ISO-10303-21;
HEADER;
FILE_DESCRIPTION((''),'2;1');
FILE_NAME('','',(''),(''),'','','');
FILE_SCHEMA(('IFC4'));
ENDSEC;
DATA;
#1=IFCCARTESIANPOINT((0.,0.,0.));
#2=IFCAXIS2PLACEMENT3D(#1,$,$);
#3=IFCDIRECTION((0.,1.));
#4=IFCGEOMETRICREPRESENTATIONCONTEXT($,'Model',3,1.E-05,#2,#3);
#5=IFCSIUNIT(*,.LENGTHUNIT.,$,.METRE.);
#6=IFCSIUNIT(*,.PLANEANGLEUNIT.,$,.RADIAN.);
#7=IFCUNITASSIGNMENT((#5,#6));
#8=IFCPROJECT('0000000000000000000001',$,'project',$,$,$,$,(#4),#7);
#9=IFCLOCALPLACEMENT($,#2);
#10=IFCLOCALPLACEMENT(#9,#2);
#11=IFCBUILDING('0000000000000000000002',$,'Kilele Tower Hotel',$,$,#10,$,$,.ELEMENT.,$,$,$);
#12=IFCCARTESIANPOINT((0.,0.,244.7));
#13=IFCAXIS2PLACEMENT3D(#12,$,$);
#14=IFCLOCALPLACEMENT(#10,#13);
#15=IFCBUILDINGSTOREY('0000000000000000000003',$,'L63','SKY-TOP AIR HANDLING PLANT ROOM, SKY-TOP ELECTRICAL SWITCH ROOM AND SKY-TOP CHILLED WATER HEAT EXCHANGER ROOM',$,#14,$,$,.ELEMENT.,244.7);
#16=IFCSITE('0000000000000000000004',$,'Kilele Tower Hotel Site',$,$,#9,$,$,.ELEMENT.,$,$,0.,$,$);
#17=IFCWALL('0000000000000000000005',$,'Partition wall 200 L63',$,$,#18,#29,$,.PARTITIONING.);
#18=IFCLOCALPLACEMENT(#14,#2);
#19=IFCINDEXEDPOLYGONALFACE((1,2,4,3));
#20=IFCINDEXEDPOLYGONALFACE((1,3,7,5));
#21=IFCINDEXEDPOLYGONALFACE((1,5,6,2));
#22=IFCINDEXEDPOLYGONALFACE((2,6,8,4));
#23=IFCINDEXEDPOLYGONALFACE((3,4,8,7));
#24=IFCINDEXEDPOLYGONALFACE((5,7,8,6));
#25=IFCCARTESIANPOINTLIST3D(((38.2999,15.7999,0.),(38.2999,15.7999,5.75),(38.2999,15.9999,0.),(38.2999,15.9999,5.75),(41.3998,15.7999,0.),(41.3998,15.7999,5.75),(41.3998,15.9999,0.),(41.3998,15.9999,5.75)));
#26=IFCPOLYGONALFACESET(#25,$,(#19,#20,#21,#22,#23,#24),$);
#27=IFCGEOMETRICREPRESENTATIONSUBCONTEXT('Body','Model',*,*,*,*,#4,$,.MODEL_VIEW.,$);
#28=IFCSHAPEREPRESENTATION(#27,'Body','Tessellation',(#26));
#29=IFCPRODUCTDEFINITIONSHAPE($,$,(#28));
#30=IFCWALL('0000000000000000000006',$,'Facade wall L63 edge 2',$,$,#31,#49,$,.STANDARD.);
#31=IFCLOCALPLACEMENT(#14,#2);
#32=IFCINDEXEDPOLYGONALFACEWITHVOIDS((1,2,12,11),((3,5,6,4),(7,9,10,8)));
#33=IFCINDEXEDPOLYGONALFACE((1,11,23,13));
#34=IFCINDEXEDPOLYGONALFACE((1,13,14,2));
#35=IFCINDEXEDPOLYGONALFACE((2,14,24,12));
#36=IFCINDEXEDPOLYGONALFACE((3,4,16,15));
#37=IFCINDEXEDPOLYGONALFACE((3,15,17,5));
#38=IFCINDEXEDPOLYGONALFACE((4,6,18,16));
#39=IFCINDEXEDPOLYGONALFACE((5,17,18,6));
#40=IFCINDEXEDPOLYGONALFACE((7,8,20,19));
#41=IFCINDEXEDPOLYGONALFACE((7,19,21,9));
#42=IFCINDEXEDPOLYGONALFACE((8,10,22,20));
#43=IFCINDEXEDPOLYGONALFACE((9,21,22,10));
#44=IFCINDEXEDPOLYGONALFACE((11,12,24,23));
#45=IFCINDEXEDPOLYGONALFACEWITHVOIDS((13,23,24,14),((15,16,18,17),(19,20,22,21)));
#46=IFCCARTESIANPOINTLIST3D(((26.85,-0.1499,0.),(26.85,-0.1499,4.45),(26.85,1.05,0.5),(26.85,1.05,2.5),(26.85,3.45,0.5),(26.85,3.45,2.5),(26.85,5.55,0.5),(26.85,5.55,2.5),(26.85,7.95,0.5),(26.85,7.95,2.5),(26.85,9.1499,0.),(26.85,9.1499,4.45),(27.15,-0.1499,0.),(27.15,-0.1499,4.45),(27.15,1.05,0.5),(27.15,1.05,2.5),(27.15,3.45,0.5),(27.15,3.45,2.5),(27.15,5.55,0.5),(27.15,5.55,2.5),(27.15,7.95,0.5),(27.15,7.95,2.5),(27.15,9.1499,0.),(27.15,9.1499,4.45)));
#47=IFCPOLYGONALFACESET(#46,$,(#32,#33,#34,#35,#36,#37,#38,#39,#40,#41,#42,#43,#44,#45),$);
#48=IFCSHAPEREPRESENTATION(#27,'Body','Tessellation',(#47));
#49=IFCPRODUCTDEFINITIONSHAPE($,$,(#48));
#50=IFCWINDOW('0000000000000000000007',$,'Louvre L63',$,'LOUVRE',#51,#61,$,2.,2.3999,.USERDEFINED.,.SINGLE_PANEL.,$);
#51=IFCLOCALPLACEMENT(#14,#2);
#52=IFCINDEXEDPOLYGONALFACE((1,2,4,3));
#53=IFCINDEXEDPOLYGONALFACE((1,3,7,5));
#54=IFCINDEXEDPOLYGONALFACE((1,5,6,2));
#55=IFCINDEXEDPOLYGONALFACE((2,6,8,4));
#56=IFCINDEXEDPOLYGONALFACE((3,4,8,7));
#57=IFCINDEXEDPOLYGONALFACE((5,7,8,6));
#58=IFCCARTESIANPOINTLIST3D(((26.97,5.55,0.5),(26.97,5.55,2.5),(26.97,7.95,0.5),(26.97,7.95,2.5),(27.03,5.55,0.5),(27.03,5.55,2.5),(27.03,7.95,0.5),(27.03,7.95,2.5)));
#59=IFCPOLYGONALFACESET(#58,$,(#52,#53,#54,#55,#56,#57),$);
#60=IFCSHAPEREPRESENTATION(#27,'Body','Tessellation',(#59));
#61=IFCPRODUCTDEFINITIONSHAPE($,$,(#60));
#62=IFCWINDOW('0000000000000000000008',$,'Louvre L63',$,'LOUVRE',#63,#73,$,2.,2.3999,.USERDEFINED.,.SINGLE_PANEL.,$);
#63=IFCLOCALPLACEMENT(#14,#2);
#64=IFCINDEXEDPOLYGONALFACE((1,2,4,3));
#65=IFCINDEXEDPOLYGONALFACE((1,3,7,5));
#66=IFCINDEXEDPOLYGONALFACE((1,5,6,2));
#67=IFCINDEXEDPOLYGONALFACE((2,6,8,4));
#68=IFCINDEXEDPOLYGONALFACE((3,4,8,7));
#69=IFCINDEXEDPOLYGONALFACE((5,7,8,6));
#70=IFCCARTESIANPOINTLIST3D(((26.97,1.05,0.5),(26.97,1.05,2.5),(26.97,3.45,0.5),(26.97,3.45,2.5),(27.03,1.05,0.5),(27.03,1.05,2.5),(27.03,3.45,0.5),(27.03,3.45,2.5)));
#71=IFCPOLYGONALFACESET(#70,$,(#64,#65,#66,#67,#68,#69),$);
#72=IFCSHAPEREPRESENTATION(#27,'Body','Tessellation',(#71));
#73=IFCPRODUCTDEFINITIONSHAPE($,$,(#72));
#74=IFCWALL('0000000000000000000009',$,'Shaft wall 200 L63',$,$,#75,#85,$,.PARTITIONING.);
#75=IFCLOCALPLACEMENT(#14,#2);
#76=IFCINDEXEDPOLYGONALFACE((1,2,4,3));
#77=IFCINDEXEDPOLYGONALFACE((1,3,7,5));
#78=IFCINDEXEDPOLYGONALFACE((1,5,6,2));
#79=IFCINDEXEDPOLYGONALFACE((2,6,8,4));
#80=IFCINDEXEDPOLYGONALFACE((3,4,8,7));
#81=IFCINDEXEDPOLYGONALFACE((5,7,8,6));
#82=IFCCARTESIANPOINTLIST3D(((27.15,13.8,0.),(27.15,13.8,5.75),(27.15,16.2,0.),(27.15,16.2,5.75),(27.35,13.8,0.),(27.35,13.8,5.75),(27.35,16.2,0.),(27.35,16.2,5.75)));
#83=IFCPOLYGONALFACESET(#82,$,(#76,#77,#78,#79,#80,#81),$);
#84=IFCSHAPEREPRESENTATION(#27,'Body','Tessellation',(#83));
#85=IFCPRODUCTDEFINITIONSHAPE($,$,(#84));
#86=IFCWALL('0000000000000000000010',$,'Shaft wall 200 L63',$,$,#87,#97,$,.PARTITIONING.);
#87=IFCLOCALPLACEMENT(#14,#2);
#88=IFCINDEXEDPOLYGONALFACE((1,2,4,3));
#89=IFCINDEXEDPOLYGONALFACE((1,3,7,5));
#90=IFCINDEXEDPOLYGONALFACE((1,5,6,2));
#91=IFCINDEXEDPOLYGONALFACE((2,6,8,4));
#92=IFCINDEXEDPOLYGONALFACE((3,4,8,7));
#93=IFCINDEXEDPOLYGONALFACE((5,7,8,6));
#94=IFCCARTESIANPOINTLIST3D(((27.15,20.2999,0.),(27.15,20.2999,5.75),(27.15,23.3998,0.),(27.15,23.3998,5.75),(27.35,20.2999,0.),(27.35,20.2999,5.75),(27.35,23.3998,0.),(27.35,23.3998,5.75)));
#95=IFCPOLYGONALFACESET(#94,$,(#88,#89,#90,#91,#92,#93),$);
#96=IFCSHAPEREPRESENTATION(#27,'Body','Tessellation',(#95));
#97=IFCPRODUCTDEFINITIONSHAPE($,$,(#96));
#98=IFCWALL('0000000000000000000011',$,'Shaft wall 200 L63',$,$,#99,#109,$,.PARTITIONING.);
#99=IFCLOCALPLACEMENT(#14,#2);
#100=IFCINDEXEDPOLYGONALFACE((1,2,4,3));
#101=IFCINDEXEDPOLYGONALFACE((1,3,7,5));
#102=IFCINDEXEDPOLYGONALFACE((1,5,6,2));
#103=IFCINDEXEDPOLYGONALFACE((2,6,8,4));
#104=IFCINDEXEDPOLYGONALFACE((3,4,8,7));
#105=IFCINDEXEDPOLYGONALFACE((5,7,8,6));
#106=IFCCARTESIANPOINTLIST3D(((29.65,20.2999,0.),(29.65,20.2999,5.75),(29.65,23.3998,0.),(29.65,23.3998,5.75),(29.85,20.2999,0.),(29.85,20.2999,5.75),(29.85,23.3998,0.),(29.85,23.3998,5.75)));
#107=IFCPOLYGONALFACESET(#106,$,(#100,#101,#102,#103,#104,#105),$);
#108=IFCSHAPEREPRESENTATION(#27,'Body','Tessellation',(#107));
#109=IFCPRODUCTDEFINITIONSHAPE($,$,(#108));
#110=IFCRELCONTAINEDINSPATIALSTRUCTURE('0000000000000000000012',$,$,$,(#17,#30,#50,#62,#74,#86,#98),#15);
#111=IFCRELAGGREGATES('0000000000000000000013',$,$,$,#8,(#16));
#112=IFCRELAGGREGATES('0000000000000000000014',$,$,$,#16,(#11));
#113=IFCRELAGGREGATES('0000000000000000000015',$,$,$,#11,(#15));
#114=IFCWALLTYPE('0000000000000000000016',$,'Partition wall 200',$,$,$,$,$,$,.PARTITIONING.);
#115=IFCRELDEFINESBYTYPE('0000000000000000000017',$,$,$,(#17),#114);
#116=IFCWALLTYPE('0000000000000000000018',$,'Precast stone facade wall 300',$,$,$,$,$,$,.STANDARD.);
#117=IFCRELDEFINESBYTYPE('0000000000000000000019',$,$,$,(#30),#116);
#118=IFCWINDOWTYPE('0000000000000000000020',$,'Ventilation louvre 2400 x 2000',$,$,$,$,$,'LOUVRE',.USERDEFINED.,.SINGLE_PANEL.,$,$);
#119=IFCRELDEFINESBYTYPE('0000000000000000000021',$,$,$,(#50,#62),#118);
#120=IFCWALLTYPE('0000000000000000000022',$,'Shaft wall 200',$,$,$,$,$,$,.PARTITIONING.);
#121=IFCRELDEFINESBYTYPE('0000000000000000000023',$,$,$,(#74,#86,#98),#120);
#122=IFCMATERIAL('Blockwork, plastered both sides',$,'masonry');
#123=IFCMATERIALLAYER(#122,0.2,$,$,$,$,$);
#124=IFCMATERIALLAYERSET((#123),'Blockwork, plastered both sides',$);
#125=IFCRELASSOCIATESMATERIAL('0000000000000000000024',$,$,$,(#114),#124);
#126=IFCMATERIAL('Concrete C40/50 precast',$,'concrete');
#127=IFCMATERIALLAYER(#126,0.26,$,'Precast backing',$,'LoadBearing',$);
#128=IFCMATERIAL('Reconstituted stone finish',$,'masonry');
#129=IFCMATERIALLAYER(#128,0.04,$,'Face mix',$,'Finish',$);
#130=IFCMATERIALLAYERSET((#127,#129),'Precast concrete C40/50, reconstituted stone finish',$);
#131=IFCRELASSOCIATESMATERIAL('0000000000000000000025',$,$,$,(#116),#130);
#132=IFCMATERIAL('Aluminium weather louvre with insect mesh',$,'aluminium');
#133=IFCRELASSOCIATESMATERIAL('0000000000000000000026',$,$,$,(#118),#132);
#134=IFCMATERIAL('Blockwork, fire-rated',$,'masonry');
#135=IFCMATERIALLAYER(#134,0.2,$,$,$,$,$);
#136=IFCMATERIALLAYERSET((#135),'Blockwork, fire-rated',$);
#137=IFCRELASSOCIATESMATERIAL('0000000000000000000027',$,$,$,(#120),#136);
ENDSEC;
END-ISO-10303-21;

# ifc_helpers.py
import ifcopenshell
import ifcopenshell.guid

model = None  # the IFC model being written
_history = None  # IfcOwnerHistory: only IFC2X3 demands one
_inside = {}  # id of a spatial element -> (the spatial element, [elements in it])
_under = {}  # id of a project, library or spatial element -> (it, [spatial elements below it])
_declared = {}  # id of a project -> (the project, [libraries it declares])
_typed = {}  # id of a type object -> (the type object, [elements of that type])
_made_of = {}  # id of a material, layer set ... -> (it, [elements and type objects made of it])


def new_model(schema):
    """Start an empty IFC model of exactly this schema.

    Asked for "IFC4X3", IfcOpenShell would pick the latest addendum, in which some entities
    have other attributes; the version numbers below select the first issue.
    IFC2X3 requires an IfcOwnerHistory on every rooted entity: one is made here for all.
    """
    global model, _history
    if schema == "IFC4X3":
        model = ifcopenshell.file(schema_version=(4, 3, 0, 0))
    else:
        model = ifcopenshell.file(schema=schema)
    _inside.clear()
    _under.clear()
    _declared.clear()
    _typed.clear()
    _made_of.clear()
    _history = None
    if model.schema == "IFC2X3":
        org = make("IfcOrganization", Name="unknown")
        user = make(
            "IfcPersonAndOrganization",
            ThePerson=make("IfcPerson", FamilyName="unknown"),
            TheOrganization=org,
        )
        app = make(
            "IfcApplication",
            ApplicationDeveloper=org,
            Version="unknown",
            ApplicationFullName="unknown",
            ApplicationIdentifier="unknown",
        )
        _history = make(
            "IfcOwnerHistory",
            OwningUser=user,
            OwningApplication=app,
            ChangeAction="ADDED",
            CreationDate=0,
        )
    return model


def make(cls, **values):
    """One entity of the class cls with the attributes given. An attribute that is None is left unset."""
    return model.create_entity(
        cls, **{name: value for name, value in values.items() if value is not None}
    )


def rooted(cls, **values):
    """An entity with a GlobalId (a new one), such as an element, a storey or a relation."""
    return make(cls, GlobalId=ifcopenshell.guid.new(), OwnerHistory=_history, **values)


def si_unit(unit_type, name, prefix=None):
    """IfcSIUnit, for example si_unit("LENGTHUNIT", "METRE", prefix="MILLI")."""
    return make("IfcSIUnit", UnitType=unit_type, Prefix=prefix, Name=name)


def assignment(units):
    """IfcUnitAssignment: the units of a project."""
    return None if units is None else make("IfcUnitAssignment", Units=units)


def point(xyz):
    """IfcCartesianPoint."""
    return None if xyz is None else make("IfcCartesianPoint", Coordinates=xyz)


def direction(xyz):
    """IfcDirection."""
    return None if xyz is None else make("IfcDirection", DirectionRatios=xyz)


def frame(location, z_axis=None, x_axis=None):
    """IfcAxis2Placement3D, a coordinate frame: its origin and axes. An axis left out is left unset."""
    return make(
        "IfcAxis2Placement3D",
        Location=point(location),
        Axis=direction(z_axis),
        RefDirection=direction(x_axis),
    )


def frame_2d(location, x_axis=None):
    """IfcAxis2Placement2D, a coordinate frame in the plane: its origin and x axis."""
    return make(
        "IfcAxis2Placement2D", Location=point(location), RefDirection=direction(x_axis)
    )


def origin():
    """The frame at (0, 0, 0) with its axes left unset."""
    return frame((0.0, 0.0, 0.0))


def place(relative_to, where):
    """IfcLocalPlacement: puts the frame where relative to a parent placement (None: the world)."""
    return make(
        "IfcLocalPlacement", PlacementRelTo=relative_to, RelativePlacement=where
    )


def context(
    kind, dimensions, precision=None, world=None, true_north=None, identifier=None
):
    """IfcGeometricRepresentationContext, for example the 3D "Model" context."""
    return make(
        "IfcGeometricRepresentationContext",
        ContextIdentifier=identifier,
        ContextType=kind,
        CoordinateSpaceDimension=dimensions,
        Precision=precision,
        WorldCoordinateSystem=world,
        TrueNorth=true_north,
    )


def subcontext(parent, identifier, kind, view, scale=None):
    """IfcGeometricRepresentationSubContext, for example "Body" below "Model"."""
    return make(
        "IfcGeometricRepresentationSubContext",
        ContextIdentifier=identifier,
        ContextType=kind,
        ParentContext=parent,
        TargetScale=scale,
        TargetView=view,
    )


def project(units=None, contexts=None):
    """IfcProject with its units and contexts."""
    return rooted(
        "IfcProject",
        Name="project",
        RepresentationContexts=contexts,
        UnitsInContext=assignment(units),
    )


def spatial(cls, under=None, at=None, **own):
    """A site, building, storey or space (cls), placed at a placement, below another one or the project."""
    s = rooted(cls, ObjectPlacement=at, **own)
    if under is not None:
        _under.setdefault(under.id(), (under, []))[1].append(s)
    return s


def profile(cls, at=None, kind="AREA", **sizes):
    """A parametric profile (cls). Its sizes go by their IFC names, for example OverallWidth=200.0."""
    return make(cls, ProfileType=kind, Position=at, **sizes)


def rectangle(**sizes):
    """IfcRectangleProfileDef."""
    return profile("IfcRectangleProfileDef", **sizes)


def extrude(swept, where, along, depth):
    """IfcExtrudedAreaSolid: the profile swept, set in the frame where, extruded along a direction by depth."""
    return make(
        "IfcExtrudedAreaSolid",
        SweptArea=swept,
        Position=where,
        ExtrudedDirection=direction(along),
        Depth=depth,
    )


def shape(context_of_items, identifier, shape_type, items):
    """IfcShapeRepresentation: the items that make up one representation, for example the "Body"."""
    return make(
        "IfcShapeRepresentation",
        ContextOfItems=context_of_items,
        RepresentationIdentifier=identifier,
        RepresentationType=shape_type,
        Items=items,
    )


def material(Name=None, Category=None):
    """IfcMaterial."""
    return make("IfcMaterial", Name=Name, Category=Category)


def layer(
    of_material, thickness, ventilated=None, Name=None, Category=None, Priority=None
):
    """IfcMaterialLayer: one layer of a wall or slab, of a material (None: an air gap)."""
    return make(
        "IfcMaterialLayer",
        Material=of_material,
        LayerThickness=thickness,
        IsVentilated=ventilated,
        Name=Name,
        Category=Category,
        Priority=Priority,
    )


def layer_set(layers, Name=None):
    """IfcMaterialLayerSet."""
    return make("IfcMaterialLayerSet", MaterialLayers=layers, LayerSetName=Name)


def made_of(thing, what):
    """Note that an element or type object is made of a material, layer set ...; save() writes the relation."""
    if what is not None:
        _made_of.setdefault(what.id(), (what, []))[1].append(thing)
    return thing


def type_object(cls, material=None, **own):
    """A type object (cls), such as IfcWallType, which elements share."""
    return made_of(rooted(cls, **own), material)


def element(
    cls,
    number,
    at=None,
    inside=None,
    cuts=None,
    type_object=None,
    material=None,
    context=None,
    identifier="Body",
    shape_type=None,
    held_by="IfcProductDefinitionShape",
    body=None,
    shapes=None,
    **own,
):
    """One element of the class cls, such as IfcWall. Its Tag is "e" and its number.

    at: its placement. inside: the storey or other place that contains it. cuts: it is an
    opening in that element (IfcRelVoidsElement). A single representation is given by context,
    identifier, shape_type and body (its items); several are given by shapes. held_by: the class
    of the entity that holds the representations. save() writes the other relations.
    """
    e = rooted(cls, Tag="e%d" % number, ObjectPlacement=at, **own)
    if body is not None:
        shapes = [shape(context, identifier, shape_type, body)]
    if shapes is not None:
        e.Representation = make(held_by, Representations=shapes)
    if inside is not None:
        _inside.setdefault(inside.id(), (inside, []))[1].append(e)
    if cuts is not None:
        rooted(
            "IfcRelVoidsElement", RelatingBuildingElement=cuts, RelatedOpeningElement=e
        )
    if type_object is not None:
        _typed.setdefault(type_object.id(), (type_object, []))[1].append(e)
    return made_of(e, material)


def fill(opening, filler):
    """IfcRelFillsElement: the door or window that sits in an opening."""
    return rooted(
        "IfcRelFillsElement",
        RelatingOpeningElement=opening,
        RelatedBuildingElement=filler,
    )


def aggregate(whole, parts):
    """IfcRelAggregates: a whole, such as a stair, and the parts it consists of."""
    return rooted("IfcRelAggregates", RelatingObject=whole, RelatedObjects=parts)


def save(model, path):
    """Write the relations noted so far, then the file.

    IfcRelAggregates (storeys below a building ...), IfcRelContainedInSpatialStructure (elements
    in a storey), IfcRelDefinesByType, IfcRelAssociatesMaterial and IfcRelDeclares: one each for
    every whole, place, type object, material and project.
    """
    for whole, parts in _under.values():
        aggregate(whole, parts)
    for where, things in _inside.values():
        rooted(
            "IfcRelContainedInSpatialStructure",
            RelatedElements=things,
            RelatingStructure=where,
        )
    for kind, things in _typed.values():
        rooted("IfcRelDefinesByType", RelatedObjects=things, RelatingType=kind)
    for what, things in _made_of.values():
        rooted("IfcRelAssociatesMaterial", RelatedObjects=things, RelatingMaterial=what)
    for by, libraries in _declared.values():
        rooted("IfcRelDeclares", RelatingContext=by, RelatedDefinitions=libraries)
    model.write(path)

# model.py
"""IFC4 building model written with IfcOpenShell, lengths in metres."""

from ifc_helpers import new_model, si_unit, direction, frame, frame_2d, origin, place, context, subcontext, project, spatial, rectangle, extrude, material, layer, layer_set, type_object, element, fill, save


model = new_model("IFC4")

# Units and contexts
model_context = context("Model", 3, precision=1e-05, world=origin(), true_north=direction((0.0, 1.0)))
body_context = subcontext(model_context, "Body", "Model", "MODEL_VIEW")
ifc_project = project(units=[si_unit("LENGTHUNIT", "METRE"), si_unit("PLANEANGLEUNIT", "RADIAN")], contexts=[model_context])

# Site, building, storey
site_placement = place(None, origin())
site = spatial("IfcSite", under=ifc_project, at=site_placement, Name="Kilele Tower Hotel Site", CompositionType="ELEMENT", RefElevation=0.0)
building_placement = place(site_placement, origin())
building = spatial("IfcBuilding", under=site, at=building_placement, Name="Kilele Tower Hotel", CompositionType="ELEMENT")
storey_placement = place(building_placement, frame((0.0, 0.0, 244.7)))
storey = spatial("IfcBuildingStorey", under=building, at=storey_placement, Name="L63", Description="SKY-TOP AIR HANDLING PLANT ROOM, SKY-TOP ELECTRICAL SWITCH ROOM AND SKY-TOP CHILLED WATER HEAT EXCHANGER ROOM", CompositionType="ELEMENT", Elevation=244.7)

# Wall
ifc_material_1 = material(Name="Blockwork, plastered both sides", Category="masonry")
ifc_layer_1 = layer(ifc_material_1, 0.2)
ifc_layer_set_1 = layer_set([ifc_layer_1], Name="Blockwork, plastered both sides")
wall_type_1 = type_object("IfcWallType", Name="Partition wall 200", PredefinedType="PARTITIONING", material=ifc_layer_set_1)
wall_1_placement = place(storey_placement, frame((38.3, 15.8999, 0.0), z_axis=(0.0, 0.0, 1.0), x_axis=(1.0, 0.0, 0.0)))
element("IfcWall", 1, at=wall_1_placement, inside=storey, type_object=wall_type_1, Name="Partition wall 200 L63", PredefinedType="PARTITIONING", context=body_context, shape_type="SweptSolid", body=[
    extrude(rectangle(XDim=3.0999, YDim=0.2, at=frame_2d((1.5498, 0.0))), origin(), (0.0, 0.0, 1.0), 5.75),
])

# Wall, openings, windows
ifc_material_2 = material(Name="Concrete C40/50 precast", Category="concrete")
ifc_layer_2 = layer(ifc_material_2, 0.26, Name="Precast backing", Category="LoadBearing")
ifc_material_3 = material(Name="Reconstituted stone finish", Category="masonry")
ifc_layer_3 = layer(ifc_material_3, 0.04, Name="Face mix", Category="Finish")
ifc_layer_set_2 = layer_set([ifc_layer_2, ifc_layer_3], Name="Precast concrete C40/50, reconstituted stone finish")
wall_type_2 = type_object("IfcWallType", Name="Precast stone facade wall 300", PredefinedType="STANDARD", material=ifc_layer_set_2)
wall_2_placement = place(storey_placement, frame((27.0, 9.1499, 0.0), z_axis=(0.0, 0.0, 1.0), x_axis=(0.0, -1.0, 0.0)))
wall_2 = element("IfcWall", 2, at=wall_2_placement, inside=storey, type_object=wall_type_2, Name="Facade wall L63 edge 2", PredefinedType="STANDARD", context=body_context, shape_type="SweptSolid", body=[
    extrude(rectangle(XDim=9.2998, YDim=0.3, at=frame_2d((4.6499, 0.0))), origin(), (0.0, 0.0, 1.0), 4.45),
])
opening_1_placement = place(wall_2_placement, frame((1.2, 0.0, 0.5)))
opening_1 = element("IfcOpeningElement", 3, at=opening_1_placement, cuts=wall_2, PredefinedType="OPENING", context=body_context, shape_type="SweptSolid", body=[
    extrude(rectangle(XDim=2.3999, YDim=2.0, at=frame_2d((1.2, 1.0))), frame((0.0, 0.1599, 0.0), z_axis=(0.0, -1.0, 0.0), x_axis=(1.0, 0.0, 0.0)), (0.0, 0.0, 1.0), 0.3201),
])
opening_2_placement = place(wall_2_placement, frame((5.7, 0.0, 0.5)))
opening_2 = element("IfcOpeningElement", 4, at=opening_2_placement, cuts=wall_2, PredefinedType="OPENING", context=body_context, shape_type="SweptSolid", body=[
    extrude(rectangle(XDim=2.3999, YDim=2.0, at=frame_2d((1.2, 1.0))), frame((0.0, 0.1599, 0.0), z_axis=(0.0, -1.0, 0.0), x_axis=(1.0, 0.0, 0.0)), (0.0, 0.0, 1.0), 0.3201),
])
ifc_material_4 = material(Name="Aluminium weather louvre with insect mesh", Category="aluminium")
window_type = type_object("IfcWindowType", Name="Ventilation louvre 2400 x 2000", ElementType="LOUVRE", PartitioningType="SINGLE_PANEL", PredefinedType="USERDEFINED", material=ifc_material_4)
window_1_placement = place(opening_1_placement, origin())
window_1 = element("IfcWindow", 5, at=window_1_placement, inside=storey, type_object=window_type, Name="Louvre L63", ObjectType="LOUVRE", OverallHeight=2.0, OverallWidth=2.3999, PartitioningType="SINGLE_PANEL", PredefinedType="USERDEFINED", context=body_context, shape_type="SweptSolid", body=[
    extrude(rectangle(XDim=2.3999, YDim=2.0, at=frame_2d((1.2, 1.0))), frame((0.0, 0.03, 0.0), z_axis=(0.0, -1.0, 0.0), x_axis=(1.0, 0.0, 0.0)), (0.0, 0.0, 1.0), 0.0601),
])
fill(opening_1, window_1)
window_2_placement = place(opening_2_placement, origin())
window_2 = element("IfcWindow", 6, at=window_2_placement, inside=storey, type_object=window_type, Name="Louvre L63", ObjectType="LOUVRE", OverallHeight=2.0, OverallWidth=2.3999, PartitioningType="SINGLE_PANEL", PredefinedType="USERDEFINED", context=body_context, shape_type="SweptSolid", body=[
    extrude(rectangle(XDim=2.3999, YDim=2.0, at=frame_2d((1.2, 1.0))), frame((0.0, 0.03, 0.0), z_axis=(0.0, -1.0, 0.0), x_axis=(1.0, 0.0, 0.0)), (0.0, 0.0, 1.0), 0.0601),
])
fill(opening_2, window_2)

# Walls
ifc_material_5 = material(Name="Blockwork, fire-rated", Category="masonry")
ifc_layer_4 = layer(ifc_material_5, 0.2)
ifc_layer_set_3 = layer_set([ifc_layer_4], Name="Blockwork, fire-rated")
wall_type_3 = type_object("IfcWallType", Name="Shaft wall 200", PredefinedType="PARTITIONING", material=ifc_layer_set_3)
wall_3_placement = place(storey_placement, frame((27.25, 13.8, 0.0), z_axis=(0.0, 0.0, 1.0), x_axis=(0.0, 1.0, 0.0)))
element("IfcWall", 7, at=wall_3_placement, inside=storey, type_object=wall_type_3, Name="Shaft wall 200 L63", PredefinedType="PARTITIONING", context=body_context, shape_type="SweptSolid", body=[
    extrude(rectangle(XDim=2.3999, YDim=0.2, at=frame_2d((1.2, 0.0))), origin(), (0.0, 0.0, 1.0), 5.75),
])
for number, where, z_axis, x_axis, name in (
    (8, (27.25, 20.3, 0.0), (0.0, 0.0, 1.0), (0.0, 1.0, 0.0), "Shaft wall 200 L63"),
    (9, (29.75, 20.3, 0.0), (0.0, 0.0, 1.0), (0.0, 1.0, 0.0), "Shaft wall 200 L63"),
):
    element("IfcWall", number, at=place(storey_placement, frame(where, z_axis=z_axis, x_axis=x_axis)), inside=storey, type_object=wall_type_3, Name=name, PredefinedType="PARTITIONING", context=body_context, shape_type="SweptSolid", body=[
        extrude(rectangle(XDim=3.0999, YDim=0.2, at=frame_2d((1.5498, 0.0))), origin(), (0.0, 0.0, 1.0), 5.75),
    ])

save(model, "model.ifc")
